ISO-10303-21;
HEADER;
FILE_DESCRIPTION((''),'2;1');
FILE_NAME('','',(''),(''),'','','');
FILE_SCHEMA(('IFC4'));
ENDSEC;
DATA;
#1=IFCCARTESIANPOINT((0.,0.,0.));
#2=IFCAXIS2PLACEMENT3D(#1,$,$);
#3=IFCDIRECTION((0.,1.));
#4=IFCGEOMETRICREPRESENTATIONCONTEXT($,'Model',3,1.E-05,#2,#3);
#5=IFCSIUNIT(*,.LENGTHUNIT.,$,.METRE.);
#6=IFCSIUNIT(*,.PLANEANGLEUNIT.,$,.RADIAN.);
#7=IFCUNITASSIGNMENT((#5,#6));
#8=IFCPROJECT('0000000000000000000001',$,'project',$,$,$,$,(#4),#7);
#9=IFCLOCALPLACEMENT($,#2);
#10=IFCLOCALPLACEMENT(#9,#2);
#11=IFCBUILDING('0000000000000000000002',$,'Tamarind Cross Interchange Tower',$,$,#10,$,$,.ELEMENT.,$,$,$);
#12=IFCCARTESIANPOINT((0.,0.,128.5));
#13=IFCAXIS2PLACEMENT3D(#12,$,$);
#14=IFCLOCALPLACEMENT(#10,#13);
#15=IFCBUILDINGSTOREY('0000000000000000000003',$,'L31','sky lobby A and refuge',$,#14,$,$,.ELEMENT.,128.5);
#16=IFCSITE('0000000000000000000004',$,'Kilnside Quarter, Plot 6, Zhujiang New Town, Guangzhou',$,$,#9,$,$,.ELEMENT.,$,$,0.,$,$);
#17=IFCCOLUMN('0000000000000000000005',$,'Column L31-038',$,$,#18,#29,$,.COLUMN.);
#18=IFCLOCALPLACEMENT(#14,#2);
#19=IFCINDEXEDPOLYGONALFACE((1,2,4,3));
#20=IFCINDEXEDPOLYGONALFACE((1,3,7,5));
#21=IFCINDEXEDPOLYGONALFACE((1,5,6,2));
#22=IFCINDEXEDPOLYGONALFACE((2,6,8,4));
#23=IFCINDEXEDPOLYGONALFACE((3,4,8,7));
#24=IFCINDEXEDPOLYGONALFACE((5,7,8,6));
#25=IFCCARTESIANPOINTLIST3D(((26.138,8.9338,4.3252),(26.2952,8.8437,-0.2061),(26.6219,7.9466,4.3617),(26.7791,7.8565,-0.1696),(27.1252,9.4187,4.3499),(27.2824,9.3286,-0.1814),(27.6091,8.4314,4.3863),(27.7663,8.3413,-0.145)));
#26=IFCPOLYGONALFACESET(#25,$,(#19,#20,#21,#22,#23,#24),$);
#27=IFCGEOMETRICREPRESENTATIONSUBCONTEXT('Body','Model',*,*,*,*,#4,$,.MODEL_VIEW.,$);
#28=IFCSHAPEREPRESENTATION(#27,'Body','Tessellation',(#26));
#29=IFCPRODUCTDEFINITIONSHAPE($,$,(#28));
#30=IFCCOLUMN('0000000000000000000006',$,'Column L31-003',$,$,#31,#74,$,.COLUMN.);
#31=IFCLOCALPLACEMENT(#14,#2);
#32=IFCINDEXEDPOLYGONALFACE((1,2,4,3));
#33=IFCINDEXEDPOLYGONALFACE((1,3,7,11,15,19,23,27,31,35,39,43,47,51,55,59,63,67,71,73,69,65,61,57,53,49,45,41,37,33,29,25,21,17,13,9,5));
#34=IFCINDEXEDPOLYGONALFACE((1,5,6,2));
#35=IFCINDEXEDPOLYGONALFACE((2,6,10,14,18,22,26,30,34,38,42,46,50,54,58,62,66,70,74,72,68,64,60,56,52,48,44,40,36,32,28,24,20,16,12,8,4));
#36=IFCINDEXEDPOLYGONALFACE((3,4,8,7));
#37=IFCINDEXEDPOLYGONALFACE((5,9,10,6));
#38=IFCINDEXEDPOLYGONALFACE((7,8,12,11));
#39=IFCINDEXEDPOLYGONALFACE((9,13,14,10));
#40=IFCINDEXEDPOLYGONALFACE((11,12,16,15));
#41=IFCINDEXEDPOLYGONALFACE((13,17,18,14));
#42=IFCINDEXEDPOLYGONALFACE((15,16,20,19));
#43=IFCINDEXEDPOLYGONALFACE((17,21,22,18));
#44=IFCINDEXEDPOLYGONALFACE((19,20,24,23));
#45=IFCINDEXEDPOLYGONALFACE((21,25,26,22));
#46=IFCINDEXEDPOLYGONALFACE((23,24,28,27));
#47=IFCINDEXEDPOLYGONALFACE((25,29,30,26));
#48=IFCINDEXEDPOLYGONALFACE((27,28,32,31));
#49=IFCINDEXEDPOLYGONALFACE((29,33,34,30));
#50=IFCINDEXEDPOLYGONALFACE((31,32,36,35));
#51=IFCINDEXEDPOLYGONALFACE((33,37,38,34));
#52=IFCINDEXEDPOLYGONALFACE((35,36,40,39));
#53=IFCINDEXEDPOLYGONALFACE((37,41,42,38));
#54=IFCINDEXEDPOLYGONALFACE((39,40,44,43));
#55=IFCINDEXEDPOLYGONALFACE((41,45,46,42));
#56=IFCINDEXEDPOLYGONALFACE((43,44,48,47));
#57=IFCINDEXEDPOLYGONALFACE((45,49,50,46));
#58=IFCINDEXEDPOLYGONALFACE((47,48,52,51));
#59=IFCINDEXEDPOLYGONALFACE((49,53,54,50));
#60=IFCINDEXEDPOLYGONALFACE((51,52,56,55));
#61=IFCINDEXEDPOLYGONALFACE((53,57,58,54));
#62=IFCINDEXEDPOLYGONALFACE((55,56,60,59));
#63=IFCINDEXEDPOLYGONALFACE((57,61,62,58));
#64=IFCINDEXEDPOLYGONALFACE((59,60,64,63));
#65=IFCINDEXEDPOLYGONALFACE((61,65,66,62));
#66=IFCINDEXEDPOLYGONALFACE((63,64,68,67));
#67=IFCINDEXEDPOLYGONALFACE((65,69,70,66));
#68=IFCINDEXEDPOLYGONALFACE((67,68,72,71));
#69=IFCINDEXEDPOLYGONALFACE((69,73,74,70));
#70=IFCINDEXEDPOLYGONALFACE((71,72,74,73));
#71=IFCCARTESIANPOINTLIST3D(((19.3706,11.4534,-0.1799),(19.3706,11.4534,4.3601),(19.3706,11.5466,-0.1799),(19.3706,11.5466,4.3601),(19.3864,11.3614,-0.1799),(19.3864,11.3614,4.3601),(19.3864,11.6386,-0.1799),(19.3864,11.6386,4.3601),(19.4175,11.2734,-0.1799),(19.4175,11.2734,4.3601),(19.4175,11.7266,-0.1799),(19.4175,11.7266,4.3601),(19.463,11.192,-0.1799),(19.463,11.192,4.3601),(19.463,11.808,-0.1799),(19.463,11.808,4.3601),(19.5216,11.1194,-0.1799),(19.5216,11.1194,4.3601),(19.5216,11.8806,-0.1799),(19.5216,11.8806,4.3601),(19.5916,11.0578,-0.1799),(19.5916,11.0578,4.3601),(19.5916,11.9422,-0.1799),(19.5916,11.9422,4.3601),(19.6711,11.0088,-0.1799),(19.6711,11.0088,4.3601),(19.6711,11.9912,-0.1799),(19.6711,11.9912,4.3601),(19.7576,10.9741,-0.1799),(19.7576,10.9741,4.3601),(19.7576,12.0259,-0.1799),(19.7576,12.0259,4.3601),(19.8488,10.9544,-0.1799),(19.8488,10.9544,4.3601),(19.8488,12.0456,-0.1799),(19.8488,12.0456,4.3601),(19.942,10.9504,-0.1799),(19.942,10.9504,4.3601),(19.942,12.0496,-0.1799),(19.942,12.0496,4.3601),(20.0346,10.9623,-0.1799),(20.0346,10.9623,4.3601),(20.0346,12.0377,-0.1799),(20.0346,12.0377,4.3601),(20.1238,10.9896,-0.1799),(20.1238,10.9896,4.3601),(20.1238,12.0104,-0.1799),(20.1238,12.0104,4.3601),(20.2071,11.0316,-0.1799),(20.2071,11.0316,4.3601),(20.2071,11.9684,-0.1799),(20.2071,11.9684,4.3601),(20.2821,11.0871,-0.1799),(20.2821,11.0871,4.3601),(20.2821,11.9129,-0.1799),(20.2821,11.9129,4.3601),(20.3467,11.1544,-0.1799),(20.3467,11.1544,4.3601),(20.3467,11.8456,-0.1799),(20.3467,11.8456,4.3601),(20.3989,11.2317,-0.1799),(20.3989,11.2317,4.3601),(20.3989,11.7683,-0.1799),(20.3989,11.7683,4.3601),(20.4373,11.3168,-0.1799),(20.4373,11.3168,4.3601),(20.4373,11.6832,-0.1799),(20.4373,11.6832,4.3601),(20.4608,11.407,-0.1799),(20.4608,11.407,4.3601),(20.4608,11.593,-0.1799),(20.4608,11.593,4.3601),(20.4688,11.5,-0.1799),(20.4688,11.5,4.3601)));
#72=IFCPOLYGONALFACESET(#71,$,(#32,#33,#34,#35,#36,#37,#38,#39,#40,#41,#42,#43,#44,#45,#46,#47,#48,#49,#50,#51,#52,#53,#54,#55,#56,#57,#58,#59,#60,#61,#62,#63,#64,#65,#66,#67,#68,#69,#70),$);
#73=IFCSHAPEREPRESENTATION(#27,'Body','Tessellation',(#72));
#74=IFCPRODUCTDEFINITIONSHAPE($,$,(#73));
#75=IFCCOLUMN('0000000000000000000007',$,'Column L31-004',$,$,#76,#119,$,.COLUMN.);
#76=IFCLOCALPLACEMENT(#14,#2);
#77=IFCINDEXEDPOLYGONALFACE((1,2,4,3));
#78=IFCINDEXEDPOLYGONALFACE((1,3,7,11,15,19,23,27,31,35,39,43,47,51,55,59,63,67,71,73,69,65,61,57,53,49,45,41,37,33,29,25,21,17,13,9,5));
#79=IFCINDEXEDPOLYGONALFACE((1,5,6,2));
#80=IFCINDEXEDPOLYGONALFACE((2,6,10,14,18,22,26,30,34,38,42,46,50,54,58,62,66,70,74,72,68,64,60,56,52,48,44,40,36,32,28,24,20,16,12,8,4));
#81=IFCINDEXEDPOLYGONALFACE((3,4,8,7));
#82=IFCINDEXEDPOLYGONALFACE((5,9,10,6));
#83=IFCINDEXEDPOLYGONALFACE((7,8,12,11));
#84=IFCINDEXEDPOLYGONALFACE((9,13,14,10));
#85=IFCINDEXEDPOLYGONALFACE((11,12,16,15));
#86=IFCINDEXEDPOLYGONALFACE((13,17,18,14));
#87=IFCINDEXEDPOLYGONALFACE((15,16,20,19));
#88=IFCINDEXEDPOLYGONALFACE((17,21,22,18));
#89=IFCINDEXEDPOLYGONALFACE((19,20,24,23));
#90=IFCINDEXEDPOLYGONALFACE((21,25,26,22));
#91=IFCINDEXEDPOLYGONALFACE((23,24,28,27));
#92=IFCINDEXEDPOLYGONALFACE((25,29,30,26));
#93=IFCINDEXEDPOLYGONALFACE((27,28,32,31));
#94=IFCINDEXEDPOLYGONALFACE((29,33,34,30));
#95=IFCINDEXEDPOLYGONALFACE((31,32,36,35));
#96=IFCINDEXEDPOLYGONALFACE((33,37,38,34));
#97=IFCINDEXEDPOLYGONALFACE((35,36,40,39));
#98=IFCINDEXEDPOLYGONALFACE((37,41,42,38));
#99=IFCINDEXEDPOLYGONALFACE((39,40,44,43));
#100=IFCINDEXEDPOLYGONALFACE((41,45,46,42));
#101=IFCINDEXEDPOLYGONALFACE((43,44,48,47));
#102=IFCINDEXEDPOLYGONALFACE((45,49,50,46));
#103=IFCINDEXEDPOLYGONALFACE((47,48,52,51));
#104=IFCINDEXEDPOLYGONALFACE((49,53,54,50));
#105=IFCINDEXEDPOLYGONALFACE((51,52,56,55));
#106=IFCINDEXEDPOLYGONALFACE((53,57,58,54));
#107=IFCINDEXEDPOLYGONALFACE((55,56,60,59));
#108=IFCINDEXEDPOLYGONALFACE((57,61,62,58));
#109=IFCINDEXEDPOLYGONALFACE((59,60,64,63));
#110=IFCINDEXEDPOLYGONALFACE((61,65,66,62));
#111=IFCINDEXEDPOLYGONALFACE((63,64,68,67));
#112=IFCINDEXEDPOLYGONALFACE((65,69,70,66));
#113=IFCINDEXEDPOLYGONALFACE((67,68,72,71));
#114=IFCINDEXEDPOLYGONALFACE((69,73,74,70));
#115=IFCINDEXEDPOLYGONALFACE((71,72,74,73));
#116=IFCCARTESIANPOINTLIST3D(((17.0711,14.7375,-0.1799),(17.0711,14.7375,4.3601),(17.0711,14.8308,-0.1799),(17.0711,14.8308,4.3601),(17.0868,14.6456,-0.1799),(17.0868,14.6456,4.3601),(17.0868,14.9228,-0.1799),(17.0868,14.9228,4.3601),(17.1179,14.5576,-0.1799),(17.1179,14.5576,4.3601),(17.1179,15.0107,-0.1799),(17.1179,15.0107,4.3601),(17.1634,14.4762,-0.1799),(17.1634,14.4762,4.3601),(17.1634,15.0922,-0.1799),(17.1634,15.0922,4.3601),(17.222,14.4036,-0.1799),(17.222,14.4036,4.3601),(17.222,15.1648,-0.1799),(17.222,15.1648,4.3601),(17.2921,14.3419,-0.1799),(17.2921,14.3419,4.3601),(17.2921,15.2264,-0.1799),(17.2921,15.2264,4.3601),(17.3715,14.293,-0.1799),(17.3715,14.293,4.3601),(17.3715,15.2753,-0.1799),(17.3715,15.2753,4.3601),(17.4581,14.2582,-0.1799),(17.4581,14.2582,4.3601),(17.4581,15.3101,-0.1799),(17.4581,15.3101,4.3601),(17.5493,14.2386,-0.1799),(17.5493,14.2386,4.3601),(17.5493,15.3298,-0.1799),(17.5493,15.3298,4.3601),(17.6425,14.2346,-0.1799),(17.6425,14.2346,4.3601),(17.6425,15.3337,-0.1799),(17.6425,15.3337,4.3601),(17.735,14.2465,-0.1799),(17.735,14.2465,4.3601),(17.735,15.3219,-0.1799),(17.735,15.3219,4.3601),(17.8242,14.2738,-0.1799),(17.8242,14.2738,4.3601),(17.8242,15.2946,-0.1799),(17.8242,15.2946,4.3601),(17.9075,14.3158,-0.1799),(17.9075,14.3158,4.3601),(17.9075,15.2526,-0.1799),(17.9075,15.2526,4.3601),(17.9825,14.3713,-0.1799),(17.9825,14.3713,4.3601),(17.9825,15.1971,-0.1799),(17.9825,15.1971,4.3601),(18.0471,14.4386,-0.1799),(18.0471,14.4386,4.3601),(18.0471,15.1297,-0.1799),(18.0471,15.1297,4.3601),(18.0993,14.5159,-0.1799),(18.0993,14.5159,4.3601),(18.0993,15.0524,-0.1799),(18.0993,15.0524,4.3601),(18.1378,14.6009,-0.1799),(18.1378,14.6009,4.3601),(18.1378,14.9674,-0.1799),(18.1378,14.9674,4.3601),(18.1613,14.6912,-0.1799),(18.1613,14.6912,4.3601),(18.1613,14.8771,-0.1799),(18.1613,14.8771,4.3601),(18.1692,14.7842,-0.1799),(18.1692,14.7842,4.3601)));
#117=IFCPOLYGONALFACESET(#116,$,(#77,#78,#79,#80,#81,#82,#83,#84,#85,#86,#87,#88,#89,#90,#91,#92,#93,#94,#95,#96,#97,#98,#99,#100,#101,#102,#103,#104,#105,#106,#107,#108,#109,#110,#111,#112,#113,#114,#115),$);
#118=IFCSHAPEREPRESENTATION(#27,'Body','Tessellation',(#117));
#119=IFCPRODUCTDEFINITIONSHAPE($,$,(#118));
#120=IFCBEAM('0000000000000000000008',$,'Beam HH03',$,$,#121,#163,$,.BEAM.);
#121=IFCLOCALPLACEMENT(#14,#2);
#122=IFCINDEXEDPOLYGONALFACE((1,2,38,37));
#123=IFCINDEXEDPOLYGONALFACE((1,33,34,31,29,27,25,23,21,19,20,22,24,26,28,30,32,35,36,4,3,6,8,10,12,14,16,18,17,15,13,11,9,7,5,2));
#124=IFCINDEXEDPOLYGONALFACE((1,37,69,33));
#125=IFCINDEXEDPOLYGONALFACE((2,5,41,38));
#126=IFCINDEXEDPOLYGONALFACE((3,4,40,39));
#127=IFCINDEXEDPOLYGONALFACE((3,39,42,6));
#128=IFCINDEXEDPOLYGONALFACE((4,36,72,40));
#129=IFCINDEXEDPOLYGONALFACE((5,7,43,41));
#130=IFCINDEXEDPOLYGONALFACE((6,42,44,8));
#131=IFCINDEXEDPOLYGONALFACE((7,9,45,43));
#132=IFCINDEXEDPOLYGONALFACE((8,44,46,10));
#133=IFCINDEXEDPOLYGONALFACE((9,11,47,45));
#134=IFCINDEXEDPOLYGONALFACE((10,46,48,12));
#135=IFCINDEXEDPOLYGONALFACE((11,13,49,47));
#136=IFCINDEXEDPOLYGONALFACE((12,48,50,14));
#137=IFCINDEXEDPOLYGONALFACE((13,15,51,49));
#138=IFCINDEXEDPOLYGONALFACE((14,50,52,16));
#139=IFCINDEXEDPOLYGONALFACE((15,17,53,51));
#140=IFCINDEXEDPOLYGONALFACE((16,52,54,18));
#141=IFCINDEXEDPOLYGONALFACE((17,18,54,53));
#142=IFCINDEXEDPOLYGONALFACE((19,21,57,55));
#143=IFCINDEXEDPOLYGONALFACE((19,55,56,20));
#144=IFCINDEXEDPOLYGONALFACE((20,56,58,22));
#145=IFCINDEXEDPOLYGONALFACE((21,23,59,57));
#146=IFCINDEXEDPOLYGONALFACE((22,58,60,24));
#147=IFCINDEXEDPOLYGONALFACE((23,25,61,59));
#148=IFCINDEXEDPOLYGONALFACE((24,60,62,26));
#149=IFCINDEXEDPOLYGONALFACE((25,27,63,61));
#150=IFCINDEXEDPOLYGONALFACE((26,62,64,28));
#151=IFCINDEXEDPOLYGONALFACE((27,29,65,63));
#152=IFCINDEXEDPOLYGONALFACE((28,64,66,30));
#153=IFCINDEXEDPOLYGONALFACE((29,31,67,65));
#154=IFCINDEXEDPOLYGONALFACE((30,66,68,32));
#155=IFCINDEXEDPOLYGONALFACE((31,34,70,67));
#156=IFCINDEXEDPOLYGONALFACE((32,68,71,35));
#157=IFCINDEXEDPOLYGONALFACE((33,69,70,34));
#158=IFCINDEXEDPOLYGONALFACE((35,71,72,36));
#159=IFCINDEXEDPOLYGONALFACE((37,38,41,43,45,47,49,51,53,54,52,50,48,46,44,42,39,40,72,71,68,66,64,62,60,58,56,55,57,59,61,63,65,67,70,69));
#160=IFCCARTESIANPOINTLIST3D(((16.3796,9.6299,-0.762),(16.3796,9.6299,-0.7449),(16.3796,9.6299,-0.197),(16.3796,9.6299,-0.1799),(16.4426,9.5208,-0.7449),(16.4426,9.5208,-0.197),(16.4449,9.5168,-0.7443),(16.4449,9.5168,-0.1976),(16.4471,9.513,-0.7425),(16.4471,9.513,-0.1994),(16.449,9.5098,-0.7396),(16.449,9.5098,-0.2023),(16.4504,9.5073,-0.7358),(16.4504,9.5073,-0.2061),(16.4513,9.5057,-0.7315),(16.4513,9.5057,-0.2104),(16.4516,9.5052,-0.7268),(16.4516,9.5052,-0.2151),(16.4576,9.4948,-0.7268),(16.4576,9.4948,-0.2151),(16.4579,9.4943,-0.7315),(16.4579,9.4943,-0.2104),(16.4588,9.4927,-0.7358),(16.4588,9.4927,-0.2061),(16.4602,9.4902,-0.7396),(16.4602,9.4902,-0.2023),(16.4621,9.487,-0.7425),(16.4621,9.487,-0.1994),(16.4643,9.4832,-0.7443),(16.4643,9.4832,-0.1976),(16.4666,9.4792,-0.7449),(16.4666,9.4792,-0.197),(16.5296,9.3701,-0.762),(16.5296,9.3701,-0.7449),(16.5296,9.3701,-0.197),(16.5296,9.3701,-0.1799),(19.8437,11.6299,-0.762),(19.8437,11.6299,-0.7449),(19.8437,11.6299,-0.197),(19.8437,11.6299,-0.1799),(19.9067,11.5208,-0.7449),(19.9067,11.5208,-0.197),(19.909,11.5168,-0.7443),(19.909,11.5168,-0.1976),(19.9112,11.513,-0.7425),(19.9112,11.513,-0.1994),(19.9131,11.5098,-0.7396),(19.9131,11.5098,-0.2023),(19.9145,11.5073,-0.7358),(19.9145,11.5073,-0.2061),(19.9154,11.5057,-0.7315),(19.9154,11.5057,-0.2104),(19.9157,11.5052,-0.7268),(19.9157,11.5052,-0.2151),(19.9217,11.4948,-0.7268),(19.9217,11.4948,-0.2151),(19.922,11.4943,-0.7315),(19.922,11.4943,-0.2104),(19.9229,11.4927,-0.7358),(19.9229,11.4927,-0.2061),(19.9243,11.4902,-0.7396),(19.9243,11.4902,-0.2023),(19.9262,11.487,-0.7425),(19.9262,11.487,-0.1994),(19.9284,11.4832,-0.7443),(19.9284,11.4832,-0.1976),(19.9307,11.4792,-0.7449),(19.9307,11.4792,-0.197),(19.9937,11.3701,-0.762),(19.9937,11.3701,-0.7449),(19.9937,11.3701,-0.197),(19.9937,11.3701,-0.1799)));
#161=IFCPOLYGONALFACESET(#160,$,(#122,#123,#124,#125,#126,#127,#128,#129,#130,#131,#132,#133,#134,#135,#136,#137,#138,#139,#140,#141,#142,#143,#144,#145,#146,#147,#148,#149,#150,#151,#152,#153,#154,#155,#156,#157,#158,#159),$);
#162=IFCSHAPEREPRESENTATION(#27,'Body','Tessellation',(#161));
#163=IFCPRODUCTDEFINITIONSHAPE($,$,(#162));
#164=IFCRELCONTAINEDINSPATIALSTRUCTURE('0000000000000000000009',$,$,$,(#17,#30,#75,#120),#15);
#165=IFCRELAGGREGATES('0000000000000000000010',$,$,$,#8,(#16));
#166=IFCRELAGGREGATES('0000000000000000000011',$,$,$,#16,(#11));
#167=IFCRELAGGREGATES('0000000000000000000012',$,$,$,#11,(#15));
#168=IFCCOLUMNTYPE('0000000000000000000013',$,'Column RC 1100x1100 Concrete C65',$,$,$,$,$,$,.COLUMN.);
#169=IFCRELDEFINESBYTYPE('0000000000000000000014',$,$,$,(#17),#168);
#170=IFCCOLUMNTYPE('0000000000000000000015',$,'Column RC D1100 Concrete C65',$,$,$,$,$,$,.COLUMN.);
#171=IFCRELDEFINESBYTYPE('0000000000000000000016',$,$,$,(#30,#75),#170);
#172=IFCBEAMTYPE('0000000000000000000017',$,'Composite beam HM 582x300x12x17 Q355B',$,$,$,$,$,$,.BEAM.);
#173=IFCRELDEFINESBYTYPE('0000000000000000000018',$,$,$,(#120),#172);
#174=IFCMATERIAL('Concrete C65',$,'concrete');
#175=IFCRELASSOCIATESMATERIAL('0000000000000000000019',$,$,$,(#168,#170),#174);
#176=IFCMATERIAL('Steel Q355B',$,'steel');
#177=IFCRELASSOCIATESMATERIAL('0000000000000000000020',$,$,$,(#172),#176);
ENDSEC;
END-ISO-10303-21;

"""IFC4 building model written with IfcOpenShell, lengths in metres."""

from ifc_helpers import new_model, si_unit, direction, frame, origin, origin_2d, place, context, subcontext, project, spatial, rectangle, circle, i_section, extrude, material, material_profile, profile_set, type_object, element, save


model = new_model("IFC4")

# Units and contexts
model_context = context("Model", 3, precision=1e-05, world=origin(), true_north=direction((0.0, 1.0)))
body_context = subcontext(model_context, "Body", "Model", "MODEL_VIEW")
ifc_project = project(units=[si_unit("LENGTHUNIT", "METRE"), si_unit("PLANEANGLEUNIT", "RADIAN")], contexts=[model_context])

# Site, building, storey
site_placement = place(None, origin())
site = spatial("IfcSite", under=ifc_project, at=site_placement, Name="Kilnside Quarter, Plot 6, Zhujiang New Town, Guangzhou", CompositionType="ELEMENT", RefElevation=0.0)
building_placement = place(site_placement, origin())
building = spatial("IfcBuilding", under=site, at=building_placement, Name="Tamarind Cross Interchange Tower", CompositionType="ELEMENT")
storey_placement = place(building_placement, frame((0.0, 0.0, 128.5)))
storey = spatial("IfcBuildingStorey", under=building, at=storey_placement, Name="L31", Description="sky lobby A and refuge", CompositionType="ELEMENT", Elevation=128.5)

# Columns
ifc_material_1 = material(Name="Concrete C65", Category="concrete")
ifc_material_profile_1 = material_profile(ifc_material_1, rectangle(XDim=1.1001, YDim=1.1001, at=origin_2d()), Name="RC 1100x1100")
ifc_profile_set_1 = profile_set([ifc_material_profile_1], Name="Concrete C65")
column_type_1 = type_object("IfcColumnType", Name="Column RC 1100x1100 Concrete C65", PredefinedType="COLUMN", material=ifc_profile_set_1)
column_placement = place(storey_placement, frame((27.0308, 8.5925, -0.1755), z_axis=(-0.034671, 0.019866, 0.999201), x_axis=(0.439917, -0.897428, 0.033107)))
element("IfcColumn", 1, at=column_placement, inside=storey, type_object=column_type_1, Name="Column L31-038", PredefinedType="COLUMN", context=body_context, shape_type="SweptSolid", body=[
    extrude(rectangle(XDim=1.1001, YDim=1.1001, at=origin_2d()), origin(), (0.0, 0.0, 1.0), 4.5349),
])
ifc_material_profile_2 = material_profile(ifc_material_1, circle(Radius=0.55, at=origin_2d()), Name="RC D1100")
ifc_profile_set_2 = profile_set([ifc_material_profile_2], Name="Concrete C65")
column_type_2 = type_object("IfcColumnType", Name="Column RC D1100 Concrete C65", PredefinedType="COLUMN", material=ifc_profile_set_2)
for number, where, z_axis, x_axis, name in (
    (2, (19.9187, 11.5, -0.1799), (0.0, 0.0, 1.0), (1.0, 0.0, 0.0), "Column L31-003"),
    (3, (17.6191, 14.7842, -0.1799), (0.0, 0.0, 1.0), (1.0, 0.0, 0.0), "Column L31-004"),
):
    element("IfcColumn", number, at=place(storey_placement, frame(where, z_axis=z_axis, x_axis=x_axis)), inside=storey, type_object=column_type_2, Name=name, PredefinedType="COLUMN", context=body_context, shape_type="SweptSolid", body=[
        extrude(circle(Radius=0.55, at=origin_2d()), origin(), (0.0, 0.0, 1.0), 4.54),
    ])

# Beam
ifc_material_2 = material(Name="Steel Q355B", Category="steel")
ifc_material_profile_3 = material_profile(ifc_material_2, i_section(OverallWidth=0.3, OverallDepth=0.582, WebThickness=0.012, FlangeThickness=0.0171, FilletRadius=0.0181, at=origin_2d()), Name="HM 582x300x12x17")
ifc_profile_set_3 = profile_set([ifc_material_profile_3], Name="Steel Q355B")
beam_type_1 = type_object("IfcBeamType", Name="Composite beam HM 582x300x12x17 Q355B", PredefinedType="BEAM", material=ifc_profile_set_3)
beam_1_placement = place(storey_placement, frame((19.9187, 11.5, -0.4709), z_axis=(-0.866026, -0.499999, 0.0), x_axis=(0.499999, -0.866026, 0.0)))
element("IfcBeam", 4, at=beam_1_placement, inside=storey, type_object=beam_type_1, Name="Beam HH03", PredefinedType="BEAM", context=body_context, shape_type="SweptSolid", body=[
    extrude(i_section(OverallWidth=0.3, OverallDepth=0.582, WebThickness=0.012, FlangeThickness=0.0171, FilletRadius=0.0181, at=origin_2d()), origin(), (0.0, 0.0, 1.0), 4.0),
])

save(model, "model.ifc")
